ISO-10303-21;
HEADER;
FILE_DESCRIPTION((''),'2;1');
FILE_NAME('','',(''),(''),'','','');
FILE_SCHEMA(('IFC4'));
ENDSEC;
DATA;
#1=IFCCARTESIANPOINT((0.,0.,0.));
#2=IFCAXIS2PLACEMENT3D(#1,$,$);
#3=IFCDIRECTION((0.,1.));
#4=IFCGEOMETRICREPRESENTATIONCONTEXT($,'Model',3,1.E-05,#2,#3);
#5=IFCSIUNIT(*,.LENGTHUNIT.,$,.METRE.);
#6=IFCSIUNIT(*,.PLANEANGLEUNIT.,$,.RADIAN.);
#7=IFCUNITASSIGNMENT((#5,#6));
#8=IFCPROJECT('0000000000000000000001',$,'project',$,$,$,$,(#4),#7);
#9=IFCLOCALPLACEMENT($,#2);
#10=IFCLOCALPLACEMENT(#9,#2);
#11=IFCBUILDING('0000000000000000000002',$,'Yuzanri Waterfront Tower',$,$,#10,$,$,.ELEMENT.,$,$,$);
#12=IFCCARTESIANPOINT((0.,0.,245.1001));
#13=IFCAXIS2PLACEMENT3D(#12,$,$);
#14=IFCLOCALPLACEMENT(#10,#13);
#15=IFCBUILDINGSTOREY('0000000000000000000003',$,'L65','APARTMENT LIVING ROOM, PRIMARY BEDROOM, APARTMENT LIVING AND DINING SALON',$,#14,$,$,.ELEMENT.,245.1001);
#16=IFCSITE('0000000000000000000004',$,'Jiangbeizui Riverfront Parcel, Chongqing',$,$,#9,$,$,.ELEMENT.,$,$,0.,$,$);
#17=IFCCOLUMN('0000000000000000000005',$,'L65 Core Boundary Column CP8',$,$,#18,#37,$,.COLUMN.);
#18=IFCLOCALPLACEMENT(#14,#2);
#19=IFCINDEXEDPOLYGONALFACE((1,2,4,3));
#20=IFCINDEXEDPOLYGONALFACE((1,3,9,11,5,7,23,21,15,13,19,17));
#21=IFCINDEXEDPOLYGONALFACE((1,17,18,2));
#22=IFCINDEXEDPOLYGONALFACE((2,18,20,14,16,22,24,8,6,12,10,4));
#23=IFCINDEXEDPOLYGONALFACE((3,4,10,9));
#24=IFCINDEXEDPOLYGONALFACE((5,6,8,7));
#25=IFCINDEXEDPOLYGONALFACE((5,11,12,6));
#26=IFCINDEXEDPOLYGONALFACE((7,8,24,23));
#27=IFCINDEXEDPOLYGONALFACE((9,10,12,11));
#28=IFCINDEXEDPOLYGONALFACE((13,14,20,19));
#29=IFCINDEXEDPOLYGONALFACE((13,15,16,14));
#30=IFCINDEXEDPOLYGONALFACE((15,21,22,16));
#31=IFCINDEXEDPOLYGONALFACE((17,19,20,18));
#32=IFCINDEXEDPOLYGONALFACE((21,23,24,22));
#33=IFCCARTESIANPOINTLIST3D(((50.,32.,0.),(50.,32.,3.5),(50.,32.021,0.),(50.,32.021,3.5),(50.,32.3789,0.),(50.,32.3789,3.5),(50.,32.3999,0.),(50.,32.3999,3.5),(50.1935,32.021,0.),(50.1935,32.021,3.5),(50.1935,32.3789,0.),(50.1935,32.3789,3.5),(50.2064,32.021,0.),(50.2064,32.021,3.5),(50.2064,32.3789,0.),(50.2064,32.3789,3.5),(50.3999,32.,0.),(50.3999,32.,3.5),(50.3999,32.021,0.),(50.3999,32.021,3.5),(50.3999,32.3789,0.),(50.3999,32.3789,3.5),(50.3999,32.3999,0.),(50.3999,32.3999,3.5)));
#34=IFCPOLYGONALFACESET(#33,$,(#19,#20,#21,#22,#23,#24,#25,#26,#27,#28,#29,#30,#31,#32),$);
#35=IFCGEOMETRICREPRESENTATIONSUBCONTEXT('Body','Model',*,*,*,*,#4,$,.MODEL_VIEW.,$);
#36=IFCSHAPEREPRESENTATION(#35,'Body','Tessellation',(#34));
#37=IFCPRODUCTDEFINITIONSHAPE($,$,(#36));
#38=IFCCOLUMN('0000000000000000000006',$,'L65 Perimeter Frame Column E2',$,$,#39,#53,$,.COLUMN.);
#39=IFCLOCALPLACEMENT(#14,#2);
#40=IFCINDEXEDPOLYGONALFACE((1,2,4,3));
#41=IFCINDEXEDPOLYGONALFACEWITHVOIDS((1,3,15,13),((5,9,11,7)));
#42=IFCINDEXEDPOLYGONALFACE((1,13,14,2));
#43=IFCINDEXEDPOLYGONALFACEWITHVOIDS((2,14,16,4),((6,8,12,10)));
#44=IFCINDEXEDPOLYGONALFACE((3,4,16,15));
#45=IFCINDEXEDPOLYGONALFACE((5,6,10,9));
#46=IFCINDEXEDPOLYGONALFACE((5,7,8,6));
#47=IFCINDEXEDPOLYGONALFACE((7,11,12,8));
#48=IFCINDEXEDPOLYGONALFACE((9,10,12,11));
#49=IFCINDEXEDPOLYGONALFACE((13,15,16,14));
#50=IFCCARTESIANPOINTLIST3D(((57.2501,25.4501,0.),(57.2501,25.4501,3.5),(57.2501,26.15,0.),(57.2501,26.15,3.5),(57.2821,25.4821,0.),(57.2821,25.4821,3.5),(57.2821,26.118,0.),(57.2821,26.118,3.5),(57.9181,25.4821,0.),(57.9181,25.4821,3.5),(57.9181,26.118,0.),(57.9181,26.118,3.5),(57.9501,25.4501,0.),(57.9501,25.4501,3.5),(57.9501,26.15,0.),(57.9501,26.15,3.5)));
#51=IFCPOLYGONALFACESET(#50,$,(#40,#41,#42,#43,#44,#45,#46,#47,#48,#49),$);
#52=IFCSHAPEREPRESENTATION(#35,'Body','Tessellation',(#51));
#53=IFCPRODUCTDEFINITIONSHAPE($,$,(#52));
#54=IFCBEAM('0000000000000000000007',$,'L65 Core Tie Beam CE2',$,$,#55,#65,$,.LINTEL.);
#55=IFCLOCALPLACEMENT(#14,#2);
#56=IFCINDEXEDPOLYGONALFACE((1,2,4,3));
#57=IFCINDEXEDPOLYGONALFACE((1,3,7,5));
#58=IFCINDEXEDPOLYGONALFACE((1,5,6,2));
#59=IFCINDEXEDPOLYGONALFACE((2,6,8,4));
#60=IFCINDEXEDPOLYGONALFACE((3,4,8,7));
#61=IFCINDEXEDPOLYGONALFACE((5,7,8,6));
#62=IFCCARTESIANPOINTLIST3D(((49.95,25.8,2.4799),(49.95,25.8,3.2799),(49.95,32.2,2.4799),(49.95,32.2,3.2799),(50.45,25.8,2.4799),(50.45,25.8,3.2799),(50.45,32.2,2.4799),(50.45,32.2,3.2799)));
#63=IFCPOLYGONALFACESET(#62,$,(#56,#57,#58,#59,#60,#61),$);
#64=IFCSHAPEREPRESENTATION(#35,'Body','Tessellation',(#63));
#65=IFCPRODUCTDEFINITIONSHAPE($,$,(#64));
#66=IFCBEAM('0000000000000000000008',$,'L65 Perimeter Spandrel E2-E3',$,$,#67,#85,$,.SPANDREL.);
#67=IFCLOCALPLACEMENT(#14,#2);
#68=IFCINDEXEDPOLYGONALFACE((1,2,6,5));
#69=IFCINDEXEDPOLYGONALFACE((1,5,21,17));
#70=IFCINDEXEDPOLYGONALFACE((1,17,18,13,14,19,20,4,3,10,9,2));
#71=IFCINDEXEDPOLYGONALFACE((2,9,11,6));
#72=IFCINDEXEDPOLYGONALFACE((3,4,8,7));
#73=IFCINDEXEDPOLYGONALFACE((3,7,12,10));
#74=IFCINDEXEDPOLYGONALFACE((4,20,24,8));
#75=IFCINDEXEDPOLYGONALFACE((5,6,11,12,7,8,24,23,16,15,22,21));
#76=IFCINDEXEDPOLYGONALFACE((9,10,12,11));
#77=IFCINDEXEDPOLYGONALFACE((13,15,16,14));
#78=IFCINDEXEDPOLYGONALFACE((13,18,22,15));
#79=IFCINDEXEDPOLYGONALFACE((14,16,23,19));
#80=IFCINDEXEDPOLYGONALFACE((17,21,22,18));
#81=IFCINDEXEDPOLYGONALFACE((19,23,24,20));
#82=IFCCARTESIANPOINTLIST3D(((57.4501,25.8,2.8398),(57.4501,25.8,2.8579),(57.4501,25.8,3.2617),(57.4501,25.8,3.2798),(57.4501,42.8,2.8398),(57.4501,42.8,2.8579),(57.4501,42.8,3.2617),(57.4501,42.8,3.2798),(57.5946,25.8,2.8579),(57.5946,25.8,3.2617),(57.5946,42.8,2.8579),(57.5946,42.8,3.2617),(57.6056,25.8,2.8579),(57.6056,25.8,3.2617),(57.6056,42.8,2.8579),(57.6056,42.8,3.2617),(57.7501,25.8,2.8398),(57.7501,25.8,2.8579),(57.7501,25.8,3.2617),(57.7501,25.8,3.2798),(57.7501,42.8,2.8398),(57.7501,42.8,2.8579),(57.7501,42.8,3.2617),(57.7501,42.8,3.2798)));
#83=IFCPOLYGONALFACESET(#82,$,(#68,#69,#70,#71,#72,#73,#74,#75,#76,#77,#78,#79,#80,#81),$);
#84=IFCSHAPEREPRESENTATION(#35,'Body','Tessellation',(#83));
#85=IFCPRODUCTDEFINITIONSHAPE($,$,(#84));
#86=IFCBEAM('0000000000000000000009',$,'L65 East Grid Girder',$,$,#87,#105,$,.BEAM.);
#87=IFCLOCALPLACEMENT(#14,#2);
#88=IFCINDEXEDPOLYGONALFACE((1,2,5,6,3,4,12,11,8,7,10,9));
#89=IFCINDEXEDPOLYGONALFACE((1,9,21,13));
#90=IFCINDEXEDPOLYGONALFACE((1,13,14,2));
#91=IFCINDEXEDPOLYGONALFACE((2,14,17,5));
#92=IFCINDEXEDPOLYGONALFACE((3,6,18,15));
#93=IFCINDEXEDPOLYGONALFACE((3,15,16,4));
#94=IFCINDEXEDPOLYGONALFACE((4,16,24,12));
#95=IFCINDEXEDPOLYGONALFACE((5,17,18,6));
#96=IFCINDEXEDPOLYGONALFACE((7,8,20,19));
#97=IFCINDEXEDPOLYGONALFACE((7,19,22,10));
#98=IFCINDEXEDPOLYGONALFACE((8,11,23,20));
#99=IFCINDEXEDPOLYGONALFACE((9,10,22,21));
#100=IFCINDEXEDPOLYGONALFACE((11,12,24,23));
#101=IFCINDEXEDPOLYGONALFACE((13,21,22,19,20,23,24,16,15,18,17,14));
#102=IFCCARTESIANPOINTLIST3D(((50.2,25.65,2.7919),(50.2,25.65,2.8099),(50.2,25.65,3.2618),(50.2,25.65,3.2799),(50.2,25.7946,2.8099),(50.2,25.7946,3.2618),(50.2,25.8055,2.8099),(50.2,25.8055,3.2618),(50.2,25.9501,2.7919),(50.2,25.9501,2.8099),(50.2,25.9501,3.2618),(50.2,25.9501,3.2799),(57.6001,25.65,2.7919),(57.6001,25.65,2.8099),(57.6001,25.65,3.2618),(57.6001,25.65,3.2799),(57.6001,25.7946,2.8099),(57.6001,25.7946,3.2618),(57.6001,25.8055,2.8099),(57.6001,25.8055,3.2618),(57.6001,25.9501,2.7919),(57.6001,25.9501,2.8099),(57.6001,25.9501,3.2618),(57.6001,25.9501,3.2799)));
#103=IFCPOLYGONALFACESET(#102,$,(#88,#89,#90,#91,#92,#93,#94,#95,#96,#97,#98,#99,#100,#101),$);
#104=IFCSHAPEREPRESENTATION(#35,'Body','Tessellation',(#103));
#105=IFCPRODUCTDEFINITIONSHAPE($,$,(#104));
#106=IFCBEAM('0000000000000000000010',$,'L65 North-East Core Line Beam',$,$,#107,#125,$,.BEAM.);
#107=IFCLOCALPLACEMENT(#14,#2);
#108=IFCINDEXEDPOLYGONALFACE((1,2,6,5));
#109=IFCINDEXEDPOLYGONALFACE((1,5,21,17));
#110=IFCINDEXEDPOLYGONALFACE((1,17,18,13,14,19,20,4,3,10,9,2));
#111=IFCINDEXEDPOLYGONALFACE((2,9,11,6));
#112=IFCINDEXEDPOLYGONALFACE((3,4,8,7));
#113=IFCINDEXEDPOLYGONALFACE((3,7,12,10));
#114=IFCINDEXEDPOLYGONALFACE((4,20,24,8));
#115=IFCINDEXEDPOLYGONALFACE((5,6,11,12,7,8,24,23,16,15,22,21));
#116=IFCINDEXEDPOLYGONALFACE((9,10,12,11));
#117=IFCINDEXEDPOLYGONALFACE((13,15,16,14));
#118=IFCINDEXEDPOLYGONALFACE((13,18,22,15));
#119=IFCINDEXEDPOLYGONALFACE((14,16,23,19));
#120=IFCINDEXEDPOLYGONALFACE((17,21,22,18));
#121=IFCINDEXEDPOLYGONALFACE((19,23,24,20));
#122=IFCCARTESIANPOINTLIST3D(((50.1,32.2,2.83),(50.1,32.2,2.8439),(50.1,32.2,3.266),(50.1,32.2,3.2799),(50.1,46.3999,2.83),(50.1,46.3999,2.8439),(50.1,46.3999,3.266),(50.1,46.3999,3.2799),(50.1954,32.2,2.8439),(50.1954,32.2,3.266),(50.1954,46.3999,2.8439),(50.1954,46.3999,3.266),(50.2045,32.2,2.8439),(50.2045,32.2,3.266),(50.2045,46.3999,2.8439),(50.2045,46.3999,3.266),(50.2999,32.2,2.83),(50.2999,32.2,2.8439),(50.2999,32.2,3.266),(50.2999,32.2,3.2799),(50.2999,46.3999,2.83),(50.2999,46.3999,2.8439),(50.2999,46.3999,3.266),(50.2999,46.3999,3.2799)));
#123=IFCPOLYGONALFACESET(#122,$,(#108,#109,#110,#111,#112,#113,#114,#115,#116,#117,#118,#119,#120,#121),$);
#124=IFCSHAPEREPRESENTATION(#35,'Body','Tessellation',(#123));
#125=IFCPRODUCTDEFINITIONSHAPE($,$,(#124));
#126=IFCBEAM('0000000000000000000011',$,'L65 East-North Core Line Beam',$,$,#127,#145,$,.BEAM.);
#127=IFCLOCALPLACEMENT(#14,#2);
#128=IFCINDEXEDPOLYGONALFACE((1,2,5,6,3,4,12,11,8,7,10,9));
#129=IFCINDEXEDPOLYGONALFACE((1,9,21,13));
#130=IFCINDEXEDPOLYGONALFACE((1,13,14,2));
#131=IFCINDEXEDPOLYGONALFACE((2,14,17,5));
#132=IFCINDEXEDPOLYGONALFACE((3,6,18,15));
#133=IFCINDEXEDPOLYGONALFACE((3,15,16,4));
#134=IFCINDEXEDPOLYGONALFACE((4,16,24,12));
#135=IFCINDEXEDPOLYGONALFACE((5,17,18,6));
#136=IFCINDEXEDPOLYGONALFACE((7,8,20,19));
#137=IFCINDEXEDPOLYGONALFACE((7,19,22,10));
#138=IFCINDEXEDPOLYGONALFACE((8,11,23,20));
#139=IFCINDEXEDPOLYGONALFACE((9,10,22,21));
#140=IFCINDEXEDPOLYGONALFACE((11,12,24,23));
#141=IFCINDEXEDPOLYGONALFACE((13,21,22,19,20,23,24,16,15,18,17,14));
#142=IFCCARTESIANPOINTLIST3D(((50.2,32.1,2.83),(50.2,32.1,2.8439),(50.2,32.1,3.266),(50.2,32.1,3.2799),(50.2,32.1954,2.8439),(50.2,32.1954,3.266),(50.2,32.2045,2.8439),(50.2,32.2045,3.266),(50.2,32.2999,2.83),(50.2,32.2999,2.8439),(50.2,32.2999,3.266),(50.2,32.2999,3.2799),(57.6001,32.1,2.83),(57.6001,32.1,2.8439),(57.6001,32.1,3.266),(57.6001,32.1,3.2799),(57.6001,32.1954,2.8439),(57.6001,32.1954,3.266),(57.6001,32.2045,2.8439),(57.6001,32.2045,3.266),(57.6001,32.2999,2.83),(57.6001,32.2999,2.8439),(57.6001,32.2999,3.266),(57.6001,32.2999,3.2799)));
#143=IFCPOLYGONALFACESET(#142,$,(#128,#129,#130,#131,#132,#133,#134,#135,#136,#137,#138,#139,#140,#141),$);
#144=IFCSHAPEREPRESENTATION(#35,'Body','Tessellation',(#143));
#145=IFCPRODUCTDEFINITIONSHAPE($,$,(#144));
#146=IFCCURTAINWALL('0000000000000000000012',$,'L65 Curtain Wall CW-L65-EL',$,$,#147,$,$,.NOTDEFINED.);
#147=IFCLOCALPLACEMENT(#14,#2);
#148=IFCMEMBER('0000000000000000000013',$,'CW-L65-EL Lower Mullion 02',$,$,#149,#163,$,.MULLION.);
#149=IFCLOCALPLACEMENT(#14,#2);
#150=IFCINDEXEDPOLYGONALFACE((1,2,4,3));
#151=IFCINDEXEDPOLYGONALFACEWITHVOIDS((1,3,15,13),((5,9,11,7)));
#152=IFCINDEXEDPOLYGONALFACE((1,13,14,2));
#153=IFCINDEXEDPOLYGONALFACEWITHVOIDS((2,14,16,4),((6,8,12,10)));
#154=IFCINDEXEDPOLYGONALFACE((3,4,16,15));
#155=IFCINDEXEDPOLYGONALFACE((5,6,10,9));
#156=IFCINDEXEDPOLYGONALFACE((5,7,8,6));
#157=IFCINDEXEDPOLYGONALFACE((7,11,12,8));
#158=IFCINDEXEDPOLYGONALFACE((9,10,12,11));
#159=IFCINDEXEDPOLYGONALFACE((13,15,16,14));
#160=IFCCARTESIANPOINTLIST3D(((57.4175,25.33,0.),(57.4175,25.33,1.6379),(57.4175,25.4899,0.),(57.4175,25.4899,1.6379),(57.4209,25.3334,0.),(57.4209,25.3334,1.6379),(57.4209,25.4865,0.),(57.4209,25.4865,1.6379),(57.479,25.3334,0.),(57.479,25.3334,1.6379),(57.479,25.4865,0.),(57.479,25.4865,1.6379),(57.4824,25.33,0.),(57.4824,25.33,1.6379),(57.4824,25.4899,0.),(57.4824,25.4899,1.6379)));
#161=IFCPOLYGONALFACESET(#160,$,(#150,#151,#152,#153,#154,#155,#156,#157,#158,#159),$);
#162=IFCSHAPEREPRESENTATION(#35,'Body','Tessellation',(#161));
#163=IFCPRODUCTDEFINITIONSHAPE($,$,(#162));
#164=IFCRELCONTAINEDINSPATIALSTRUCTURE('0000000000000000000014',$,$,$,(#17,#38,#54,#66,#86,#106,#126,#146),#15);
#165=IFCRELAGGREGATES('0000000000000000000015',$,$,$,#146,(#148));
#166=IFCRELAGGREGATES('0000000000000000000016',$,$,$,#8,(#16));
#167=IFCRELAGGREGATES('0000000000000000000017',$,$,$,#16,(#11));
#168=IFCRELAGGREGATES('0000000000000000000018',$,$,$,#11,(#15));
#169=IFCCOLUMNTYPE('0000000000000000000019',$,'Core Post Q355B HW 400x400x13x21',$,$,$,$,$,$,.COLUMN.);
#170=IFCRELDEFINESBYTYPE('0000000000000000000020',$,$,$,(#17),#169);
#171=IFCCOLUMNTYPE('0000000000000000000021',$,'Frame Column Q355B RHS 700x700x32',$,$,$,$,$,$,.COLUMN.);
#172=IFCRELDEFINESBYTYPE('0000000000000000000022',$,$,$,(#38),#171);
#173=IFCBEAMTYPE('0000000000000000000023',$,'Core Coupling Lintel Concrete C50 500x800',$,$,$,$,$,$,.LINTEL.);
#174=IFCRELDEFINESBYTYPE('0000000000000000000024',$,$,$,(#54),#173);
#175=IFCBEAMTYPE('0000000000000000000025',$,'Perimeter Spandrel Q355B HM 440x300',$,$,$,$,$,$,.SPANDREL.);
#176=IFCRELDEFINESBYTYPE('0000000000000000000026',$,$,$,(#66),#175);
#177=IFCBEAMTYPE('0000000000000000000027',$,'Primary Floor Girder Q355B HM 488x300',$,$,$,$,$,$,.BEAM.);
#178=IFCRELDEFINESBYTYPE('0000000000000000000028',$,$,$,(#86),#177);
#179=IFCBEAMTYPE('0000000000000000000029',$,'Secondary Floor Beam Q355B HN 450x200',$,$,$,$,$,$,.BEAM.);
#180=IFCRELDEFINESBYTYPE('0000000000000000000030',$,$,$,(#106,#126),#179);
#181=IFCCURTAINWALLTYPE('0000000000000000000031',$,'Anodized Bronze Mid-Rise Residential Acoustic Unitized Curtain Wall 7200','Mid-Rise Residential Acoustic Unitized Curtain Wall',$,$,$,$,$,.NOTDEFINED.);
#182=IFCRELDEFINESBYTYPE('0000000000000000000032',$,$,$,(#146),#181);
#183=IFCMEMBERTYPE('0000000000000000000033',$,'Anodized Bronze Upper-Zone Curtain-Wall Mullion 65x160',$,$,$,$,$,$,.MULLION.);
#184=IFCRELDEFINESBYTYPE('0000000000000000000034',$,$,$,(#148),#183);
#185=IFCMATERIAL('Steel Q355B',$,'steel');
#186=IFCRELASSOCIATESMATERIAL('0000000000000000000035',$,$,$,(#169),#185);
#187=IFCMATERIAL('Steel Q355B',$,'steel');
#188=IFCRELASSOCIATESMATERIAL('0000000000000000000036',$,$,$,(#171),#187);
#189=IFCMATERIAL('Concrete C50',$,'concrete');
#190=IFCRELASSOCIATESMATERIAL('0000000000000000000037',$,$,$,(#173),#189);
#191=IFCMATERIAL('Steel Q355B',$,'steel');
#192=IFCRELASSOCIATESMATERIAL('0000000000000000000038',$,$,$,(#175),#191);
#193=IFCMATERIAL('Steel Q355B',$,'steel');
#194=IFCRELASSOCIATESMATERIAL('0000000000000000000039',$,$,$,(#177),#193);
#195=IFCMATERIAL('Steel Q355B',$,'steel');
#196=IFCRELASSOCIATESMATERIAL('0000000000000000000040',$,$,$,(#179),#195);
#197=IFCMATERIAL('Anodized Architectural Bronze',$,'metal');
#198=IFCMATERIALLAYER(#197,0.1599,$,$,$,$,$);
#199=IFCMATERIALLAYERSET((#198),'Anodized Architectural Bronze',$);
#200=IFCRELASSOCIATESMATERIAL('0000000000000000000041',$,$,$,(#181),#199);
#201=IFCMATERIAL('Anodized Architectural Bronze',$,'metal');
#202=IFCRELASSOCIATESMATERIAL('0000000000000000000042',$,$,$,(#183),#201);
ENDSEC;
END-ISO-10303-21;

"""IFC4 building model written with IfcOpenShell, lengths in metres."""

from ifc_helpers import new_model, si_unit, direction, frame, origin, origin_2d, place, context, subcontext, project, spatial, rectangle, hollow_rectangle, i_section, extrude, source, transform, mapped, material, layer, layer_set, material_profile, profile_set, type_object, element, aggregate, save


model = new_model("IFC4")

# Units and contexts
model_context = context("Model", 3, precision=1e-05, world=origin(), true_north=direction((0.0, 1.0)))
body_context = subcontext(model_context, "Body", "Model", "MODEL_VIEW")
ifc_project = project(units=[si_unit("LENGTHUNIT", "METRE"), si_unit("PLANEANGLEUNIT", "RADIAN")], contexts=[model_context])

# Site, building, storey
site_placement = place(None, origin())
site = spatial("IfcSite", under=ifc_project, at=site_placement, Name="Jiangbeizui Riverfront Parcel, Chongqing", CompositionType="ELEMENT", RefElevation=0.0)
building_placement = place(site_placement, origin())
building = spatial("IfcBuilding", under=site, at=building_placement, Name="Yuzanri Waterfront Tower", CompositionType="ELEMENT")
storey_placement = place(building_placement, frame((0.0, 0.0, 245.1001)))
storey = spatial("IfcBuildingStorey", under=building, at=storey_placement, Name="L65", Description="APARTMENT LIVING ROOM, PRIMARY BEDROOM, APARTMENT LIVING AND DINING SALON", CompositionType="ELEMENT", Elevation=245.1001)

# Columns
ifc_material_1 = material(Name="Steel Q355B", Category="steel")
ifc_material_profile_1 = material_profile(ifc_material_1, i_section(OverallWidth=0.3999, OverallDepth=0.3999, WebThickness=0.0129, FlangeThickness=0.021, at=origin_2d()), Name="HW 400x400x13x21")
ifc_profile_set_1 = profile_set([ifc_material_profile_1], Name="Steel Q355B")
column_type_1 = type_object("IfcColumnType", Name="Core Post Q355B HW 400x400x13x21", PredefinedType="COLUMN", material=ifc_profile_set_1)
shared_shape_1 = source(origin(), body_context, "Body", "SweptSolid", [
    extrude(i_section(OverallWidth=0.3999, OverallDepth=0.3999, WebThickness=0.0129, FlangeThickness=0.021, at=origin_2d()), origin(), (0.0, 0.0, 1.0), 3.5),
])
column_1_placement = place(storey_placement, frame((50.2, 32.2, 0.0), z_axis=(0.0, 0.0, 1.0), x_axis=(1.0, 0.0, 0.0)))
element("IfcColumn", 1, at=column_1_placement, inside=storey, type_object=column_type_1, Name="L65 Core Boundary Column CP8", PredefinedType="COLUMN", context=body_context, shape_type="MappedRepresentation", body=[
    mapped(shared_shape_1, transform((0.0, 0.0, 0.0), scale=1.0)),
])
ifc_material_2 = material(Name="Steel Q355B", Category="steel")
ifc_material_profile_2 = material_profile(ifc_material_2, hollow_rectangle(XDim=0.7, YDim=0.7, WallThickness=0.032, at=origin_2d()), Name="RHS 700x700x32")
ifc_profile_set_2 = profile_set([ifc_material_profile_2], Name="Steel Q355B")
column_type_2 = type_object("IfcColumnType", Name="Frame Column Q355B RHS 700x700x32", PredefinedType="COLUMN", material=ifc_profile_set_2)
shared_shape_2 = source(origin(), body_context, "Body", "SweptSolid", [
    extrude(hollow_rectangle(XDim=0.7, YDim=0.7, WallThickness=0.032, at=origin_2d()), origin(), (0.0, 0.0, 1.0), 3.5),
])
column_2_placement = place(storey_placement, frame((57.6001, 25.8, 0.0), z_axis=(0.0, 0.0, 1.0), x_axis=(1.0, 0.0, 0.0)))
element("IfcColumn", 2, at=column_2_placement, inside=storey, type_object=column_type_2, Name="L65 Perimeter Frame Column E2", PredefinedType="COLUMN", context=body_context, shape_type="MappedRepresentation", body=[
    mapped(shared_shape_2, transform((0.0, 0.0, 0.0), scale=1.0)),
])

# Beams
ifc_material_3 = material(Name="Concrete C50", Category="concrete")
ifc_material_profile_3 = material_profile(ifc_material_3, rectangle(XDim=0.5, YDim=0.8, at=origin_2d()), Name="RC 500x800")
ifc_profile_set_3 = profile_set([ifc_material_profile_3], Name="Concrete C50")
beam_type_1 = type_object("IfcBeamType", Name="Core Coupling Lintel Concrete C50 500x800", PredefinedType="LINTEL", material=ifc_profile_set_3)
shared_shape_3 = source(origin(), body_context, "Body", "SweptSolid", [
    extrude(rectangle(XDim=0.5, YDim=0.8, at=origin_2d()), origin(), (0.0, 0.0, 1.0), 6.3999),
])
beam_1_placement = place(storey_placement, frame((50.2, 25.8, 2.8799), z_axis=(0.0, 1.0, 0.0), x_axis=(-1.0, 0.0, 0.0)))
element("IfcBeam", 3, at=beam_1_placement, inside=storey, type_object=beam_type_1, Name="L65 Core Tie Beam CE2", PredefinedType="LINTEL", context=body_context, shape_type="MappedRepresentation", body=[
    mapped(shared_shape_3, transform((0.0, 0.0, 0.0), scale=1.0)),
])
ifc_material_4 = material(Name="Steel Q355B", Category="steel")
ifc_material_profile_4 = material_profile(ifc_material_4, i_section(OverallWidth=0.3, OverallDepth=0.4399, WebThickness=0.011, FlangeThickness=0.0181, at=origin_2d()), Name="HM 440x300x11x18")
ifc_profile_set_4 = profile_set([ifc_material_profile_4], Name="Steel Q355B")
beam_type_2 = type_object("IfcBeamType", Name="Perimeter Spandrel Q355B HM 440x300", PredefinedType="SPANDREL", material=ifc_profile_set_4)
shared_shape_4 = source(origin(), body_context, "Body", "SweptSolid", [
    extrude(i_section(OverallWidth=0.3, OverallDepth=0.4399, WebThickness=0.011, FlangeThickness=0.0181, at=origin_2d()), origin(), (0.0, 0.0, 1.0), 17.0),
])
beam_2_placement = place(storey_placement, frame((57.6001, 25.8, 3.0598), z_axis=(0.0, 1.0, 0.0), x_axis=(-1.0, 0.0, 0.0)))
element("IfcBeam", 4, at=beam_2_placement, inside=storey, type_object=beam_type_2, Name="L65 Perimeter Spandrel E2-E3", PredefinedType="SPANDREL", context=body_context, shape_type="MappedRepresentation", body=[
    mapped(shared_shape_4, transform((0.0, 0.0, 0.0), scale=1.0)),
])
ifc_material_5 = material(Name="Steel Q355B", Category="steel")
ifc_material_profile_5 = material_profile(ifc_material_5, i_section(OverallWidth=0.3, OverallDepth=0.488, WebThickness=0.011, FlangeThickness=0.0181, at=origin_2d()), Name="HM 488x300x11x18")
ifc_profile_set_5 = profile_set([ifc_material_profile_5], Name="Steel Q355B")
beam_type_3 = type_object("IfcBeamType", Name="Primary Floor Girder Q355B HM 488x300", PredefinedType="BEAM", material=ifc_profile_set_5)
shared_shape_5 = source(origin(), body_context, "Body", "SweptSolid", [
    extrude(i_section(OverallWidth=0.3, OverallDepth=0.488, WebThickness=0.011, FlangeThickness=0.0181, at=origin_2d()), origin(), (0.0, 0.0, 1.0), 7.4001),
])
beam_3_placement = place(storey_placement, frame((50.2, 25.8, 3.0359), z_axis=(1.0, 0.0, 0.0), x_axis=(0.0, 1.0, 0.0)))
element("IfcBeam", 5, at=beam_3_placement, inside=storey, type_object=beam_type_3, Name="L65 East Grid Girder", PredefinedType="BEAM", context=body_context, shape_type="MappedRepresentation", body=[
    mapped(shared_shape_5, transform((0.0, 0.0, 0.0), scale=1.0)),
])
ifc_material_6 = material(Name="Steel Q355B", Category="steel")
ifc_material_profile_6 = material_profile(ifc_material_6, i_section(OverallWidth=0.2, OverallDepth=0.45, WebThickness=0.009, FlangeThickness=0.0139, at=origin_2d()), Name="HN 450x200x9x14")
ifc_profile_set_6 = profile_set([ifc_material_profile_6], Name="Steel Q355B")
beam_type_4 = type_object("IfcBeamType", Name="Secondary Floor Beam Q355B HN 450x200", PredefinedType="BEAM", material=ifc_profile_set_6)
shared_shape_6 = source(origin(), body_context, "Body", "SweptSolid", [
    extrude(i_section(OverallWidth=0.2, OverallDepth=0.45, WebThickness=0.009, FlangeThickness=0.0139, at=origin_2d()), origin(), (0.0, 0.0, 1.0), 14.2),
])
beam_4_placement = place(storey_placement, frame((50.2, 32.2, 3.0549), z_axis=(0.0, 1.0, 0.0), x_axis=(-1.0, 0.0, 0.0)))
element("IfcBeam", 6, at=beam_4_placement, inside=storey, type_object=beam_type_4, Name="L65 North-East Core Line Beam", PredefinedType="BEAM", context=body_context, shape_type="MappedRepresentation", body=[
    mapped(shared_shape_6, transform((0.0, 0.0, 0.0), scale=1.0)),
])
shared_shape_7 = source(origin(), body_context, "Body", "SweptSolid", [
    extrude(i_section(OverallWidth=0.2, OverallDepth=0.45, WebThickness=0.009, FlangeThickness=0.0139, at=origin_2d()), origin(), (0.0, 0.0, 1.0), 7.4001),
])
beam_5_placement = place(storey_placement, frame((50.2, 32.2, 3.0549), z_axis=(1.0, 0.0, 0.0), x_axis=(0.0, 1.0, 0.0)))
element("IfcBeam", 7, at=beam_5_placement, inside=storey, type_object=beam_type_4, Name="L65 East-North Core Line Beam", PredefinedType="BEAM", context=body_context, shape_type="MappedRepresentation", body=[
    mapped(shared_shape_7, transform((0.0, 0.0, 0.0), scale=1.0)),
])

# Curtain wall, member
ifc_material_7 = material(Name="Anodized Architectural Bronze", Category="metal")
ifc_layer_1 = layer(ifc_material_7, 0.1599)
ifc_layer_set_1 = layer_set([ifc_layer_1], Name="Anodized Architectural Bronze")
curtain_wall_type = type_object("IfcCurtainWallType", Name="Anodized Bronze Mid-Rise Residential Acoustic Unitized Curtain Wall 7200", Description="Mid-Rise Residential Acoustic Unitized Curtain Wall", PredefinedType="NOTDEFINED", material=ifc_layer_set_1)
curtain_wall_1_placement = place(storey_placement, origin())
curtain_wall_1 = element("IfcCurtainWall", 8, at=curtain_wall_1_placement, inside=storey, type_object=curtain_wall_type, Name="L65 Curtain Wall CW-L65-EL", PredefinedType="NOTDEFINED")
ifc_material_8 = material(Name="Anodized Architectural Bronze", Category="metal")
ifc_material_profile_7 = material_profile(ifc_material_8, hollow_rectangle(XDim=0.0649, YDim=0.1599, WallThickness=0.0034, at=origin_2d()), Name="CWM 65x160")
ifc_profile_set_7 = profile_set([ifc_material_profile_7], Name="Anodized Architectural Bronze")
member_type_1 = type_object("IfcMemberType", Name="Anodized Bronze Upper-Zone Curtain-Wall Mullion 65x160", PredefinedType="MULLION", material=ifc_profile_set_7)
shared_shape_8 = source(origin(), body_context, "Body", "SweptSolid", [
    extrude(hollow_rectangle(XDim=0.0649, YDim=0.1599, WallThickness=0.0034, at=origin_2d()), origin(), (0.0, 0.0, 1.0), 1.6379),
])
member_1_placement = place(storey_placement, frame((57.45, 25.4099, 0.0), z_axis=(0.0, 0.0, 1.0), x_axis=(1.0, 0.0, 0.0)))
member_1 = element("IfcMember", 9, at=member_1_placement, type_object=member_type_1, Name="CW-L65-EL Lower Mullion 02", PredefinedType="MULLION", context=body_context, shape_type="MappedRepresentation", body=[
    mapped(shared_shape_8, transform((0.0, 0.0, 0.0), scale=1.0)),
])
aggregate(curtain_wall_1, [member_1])

save(model, "model.ifc")
